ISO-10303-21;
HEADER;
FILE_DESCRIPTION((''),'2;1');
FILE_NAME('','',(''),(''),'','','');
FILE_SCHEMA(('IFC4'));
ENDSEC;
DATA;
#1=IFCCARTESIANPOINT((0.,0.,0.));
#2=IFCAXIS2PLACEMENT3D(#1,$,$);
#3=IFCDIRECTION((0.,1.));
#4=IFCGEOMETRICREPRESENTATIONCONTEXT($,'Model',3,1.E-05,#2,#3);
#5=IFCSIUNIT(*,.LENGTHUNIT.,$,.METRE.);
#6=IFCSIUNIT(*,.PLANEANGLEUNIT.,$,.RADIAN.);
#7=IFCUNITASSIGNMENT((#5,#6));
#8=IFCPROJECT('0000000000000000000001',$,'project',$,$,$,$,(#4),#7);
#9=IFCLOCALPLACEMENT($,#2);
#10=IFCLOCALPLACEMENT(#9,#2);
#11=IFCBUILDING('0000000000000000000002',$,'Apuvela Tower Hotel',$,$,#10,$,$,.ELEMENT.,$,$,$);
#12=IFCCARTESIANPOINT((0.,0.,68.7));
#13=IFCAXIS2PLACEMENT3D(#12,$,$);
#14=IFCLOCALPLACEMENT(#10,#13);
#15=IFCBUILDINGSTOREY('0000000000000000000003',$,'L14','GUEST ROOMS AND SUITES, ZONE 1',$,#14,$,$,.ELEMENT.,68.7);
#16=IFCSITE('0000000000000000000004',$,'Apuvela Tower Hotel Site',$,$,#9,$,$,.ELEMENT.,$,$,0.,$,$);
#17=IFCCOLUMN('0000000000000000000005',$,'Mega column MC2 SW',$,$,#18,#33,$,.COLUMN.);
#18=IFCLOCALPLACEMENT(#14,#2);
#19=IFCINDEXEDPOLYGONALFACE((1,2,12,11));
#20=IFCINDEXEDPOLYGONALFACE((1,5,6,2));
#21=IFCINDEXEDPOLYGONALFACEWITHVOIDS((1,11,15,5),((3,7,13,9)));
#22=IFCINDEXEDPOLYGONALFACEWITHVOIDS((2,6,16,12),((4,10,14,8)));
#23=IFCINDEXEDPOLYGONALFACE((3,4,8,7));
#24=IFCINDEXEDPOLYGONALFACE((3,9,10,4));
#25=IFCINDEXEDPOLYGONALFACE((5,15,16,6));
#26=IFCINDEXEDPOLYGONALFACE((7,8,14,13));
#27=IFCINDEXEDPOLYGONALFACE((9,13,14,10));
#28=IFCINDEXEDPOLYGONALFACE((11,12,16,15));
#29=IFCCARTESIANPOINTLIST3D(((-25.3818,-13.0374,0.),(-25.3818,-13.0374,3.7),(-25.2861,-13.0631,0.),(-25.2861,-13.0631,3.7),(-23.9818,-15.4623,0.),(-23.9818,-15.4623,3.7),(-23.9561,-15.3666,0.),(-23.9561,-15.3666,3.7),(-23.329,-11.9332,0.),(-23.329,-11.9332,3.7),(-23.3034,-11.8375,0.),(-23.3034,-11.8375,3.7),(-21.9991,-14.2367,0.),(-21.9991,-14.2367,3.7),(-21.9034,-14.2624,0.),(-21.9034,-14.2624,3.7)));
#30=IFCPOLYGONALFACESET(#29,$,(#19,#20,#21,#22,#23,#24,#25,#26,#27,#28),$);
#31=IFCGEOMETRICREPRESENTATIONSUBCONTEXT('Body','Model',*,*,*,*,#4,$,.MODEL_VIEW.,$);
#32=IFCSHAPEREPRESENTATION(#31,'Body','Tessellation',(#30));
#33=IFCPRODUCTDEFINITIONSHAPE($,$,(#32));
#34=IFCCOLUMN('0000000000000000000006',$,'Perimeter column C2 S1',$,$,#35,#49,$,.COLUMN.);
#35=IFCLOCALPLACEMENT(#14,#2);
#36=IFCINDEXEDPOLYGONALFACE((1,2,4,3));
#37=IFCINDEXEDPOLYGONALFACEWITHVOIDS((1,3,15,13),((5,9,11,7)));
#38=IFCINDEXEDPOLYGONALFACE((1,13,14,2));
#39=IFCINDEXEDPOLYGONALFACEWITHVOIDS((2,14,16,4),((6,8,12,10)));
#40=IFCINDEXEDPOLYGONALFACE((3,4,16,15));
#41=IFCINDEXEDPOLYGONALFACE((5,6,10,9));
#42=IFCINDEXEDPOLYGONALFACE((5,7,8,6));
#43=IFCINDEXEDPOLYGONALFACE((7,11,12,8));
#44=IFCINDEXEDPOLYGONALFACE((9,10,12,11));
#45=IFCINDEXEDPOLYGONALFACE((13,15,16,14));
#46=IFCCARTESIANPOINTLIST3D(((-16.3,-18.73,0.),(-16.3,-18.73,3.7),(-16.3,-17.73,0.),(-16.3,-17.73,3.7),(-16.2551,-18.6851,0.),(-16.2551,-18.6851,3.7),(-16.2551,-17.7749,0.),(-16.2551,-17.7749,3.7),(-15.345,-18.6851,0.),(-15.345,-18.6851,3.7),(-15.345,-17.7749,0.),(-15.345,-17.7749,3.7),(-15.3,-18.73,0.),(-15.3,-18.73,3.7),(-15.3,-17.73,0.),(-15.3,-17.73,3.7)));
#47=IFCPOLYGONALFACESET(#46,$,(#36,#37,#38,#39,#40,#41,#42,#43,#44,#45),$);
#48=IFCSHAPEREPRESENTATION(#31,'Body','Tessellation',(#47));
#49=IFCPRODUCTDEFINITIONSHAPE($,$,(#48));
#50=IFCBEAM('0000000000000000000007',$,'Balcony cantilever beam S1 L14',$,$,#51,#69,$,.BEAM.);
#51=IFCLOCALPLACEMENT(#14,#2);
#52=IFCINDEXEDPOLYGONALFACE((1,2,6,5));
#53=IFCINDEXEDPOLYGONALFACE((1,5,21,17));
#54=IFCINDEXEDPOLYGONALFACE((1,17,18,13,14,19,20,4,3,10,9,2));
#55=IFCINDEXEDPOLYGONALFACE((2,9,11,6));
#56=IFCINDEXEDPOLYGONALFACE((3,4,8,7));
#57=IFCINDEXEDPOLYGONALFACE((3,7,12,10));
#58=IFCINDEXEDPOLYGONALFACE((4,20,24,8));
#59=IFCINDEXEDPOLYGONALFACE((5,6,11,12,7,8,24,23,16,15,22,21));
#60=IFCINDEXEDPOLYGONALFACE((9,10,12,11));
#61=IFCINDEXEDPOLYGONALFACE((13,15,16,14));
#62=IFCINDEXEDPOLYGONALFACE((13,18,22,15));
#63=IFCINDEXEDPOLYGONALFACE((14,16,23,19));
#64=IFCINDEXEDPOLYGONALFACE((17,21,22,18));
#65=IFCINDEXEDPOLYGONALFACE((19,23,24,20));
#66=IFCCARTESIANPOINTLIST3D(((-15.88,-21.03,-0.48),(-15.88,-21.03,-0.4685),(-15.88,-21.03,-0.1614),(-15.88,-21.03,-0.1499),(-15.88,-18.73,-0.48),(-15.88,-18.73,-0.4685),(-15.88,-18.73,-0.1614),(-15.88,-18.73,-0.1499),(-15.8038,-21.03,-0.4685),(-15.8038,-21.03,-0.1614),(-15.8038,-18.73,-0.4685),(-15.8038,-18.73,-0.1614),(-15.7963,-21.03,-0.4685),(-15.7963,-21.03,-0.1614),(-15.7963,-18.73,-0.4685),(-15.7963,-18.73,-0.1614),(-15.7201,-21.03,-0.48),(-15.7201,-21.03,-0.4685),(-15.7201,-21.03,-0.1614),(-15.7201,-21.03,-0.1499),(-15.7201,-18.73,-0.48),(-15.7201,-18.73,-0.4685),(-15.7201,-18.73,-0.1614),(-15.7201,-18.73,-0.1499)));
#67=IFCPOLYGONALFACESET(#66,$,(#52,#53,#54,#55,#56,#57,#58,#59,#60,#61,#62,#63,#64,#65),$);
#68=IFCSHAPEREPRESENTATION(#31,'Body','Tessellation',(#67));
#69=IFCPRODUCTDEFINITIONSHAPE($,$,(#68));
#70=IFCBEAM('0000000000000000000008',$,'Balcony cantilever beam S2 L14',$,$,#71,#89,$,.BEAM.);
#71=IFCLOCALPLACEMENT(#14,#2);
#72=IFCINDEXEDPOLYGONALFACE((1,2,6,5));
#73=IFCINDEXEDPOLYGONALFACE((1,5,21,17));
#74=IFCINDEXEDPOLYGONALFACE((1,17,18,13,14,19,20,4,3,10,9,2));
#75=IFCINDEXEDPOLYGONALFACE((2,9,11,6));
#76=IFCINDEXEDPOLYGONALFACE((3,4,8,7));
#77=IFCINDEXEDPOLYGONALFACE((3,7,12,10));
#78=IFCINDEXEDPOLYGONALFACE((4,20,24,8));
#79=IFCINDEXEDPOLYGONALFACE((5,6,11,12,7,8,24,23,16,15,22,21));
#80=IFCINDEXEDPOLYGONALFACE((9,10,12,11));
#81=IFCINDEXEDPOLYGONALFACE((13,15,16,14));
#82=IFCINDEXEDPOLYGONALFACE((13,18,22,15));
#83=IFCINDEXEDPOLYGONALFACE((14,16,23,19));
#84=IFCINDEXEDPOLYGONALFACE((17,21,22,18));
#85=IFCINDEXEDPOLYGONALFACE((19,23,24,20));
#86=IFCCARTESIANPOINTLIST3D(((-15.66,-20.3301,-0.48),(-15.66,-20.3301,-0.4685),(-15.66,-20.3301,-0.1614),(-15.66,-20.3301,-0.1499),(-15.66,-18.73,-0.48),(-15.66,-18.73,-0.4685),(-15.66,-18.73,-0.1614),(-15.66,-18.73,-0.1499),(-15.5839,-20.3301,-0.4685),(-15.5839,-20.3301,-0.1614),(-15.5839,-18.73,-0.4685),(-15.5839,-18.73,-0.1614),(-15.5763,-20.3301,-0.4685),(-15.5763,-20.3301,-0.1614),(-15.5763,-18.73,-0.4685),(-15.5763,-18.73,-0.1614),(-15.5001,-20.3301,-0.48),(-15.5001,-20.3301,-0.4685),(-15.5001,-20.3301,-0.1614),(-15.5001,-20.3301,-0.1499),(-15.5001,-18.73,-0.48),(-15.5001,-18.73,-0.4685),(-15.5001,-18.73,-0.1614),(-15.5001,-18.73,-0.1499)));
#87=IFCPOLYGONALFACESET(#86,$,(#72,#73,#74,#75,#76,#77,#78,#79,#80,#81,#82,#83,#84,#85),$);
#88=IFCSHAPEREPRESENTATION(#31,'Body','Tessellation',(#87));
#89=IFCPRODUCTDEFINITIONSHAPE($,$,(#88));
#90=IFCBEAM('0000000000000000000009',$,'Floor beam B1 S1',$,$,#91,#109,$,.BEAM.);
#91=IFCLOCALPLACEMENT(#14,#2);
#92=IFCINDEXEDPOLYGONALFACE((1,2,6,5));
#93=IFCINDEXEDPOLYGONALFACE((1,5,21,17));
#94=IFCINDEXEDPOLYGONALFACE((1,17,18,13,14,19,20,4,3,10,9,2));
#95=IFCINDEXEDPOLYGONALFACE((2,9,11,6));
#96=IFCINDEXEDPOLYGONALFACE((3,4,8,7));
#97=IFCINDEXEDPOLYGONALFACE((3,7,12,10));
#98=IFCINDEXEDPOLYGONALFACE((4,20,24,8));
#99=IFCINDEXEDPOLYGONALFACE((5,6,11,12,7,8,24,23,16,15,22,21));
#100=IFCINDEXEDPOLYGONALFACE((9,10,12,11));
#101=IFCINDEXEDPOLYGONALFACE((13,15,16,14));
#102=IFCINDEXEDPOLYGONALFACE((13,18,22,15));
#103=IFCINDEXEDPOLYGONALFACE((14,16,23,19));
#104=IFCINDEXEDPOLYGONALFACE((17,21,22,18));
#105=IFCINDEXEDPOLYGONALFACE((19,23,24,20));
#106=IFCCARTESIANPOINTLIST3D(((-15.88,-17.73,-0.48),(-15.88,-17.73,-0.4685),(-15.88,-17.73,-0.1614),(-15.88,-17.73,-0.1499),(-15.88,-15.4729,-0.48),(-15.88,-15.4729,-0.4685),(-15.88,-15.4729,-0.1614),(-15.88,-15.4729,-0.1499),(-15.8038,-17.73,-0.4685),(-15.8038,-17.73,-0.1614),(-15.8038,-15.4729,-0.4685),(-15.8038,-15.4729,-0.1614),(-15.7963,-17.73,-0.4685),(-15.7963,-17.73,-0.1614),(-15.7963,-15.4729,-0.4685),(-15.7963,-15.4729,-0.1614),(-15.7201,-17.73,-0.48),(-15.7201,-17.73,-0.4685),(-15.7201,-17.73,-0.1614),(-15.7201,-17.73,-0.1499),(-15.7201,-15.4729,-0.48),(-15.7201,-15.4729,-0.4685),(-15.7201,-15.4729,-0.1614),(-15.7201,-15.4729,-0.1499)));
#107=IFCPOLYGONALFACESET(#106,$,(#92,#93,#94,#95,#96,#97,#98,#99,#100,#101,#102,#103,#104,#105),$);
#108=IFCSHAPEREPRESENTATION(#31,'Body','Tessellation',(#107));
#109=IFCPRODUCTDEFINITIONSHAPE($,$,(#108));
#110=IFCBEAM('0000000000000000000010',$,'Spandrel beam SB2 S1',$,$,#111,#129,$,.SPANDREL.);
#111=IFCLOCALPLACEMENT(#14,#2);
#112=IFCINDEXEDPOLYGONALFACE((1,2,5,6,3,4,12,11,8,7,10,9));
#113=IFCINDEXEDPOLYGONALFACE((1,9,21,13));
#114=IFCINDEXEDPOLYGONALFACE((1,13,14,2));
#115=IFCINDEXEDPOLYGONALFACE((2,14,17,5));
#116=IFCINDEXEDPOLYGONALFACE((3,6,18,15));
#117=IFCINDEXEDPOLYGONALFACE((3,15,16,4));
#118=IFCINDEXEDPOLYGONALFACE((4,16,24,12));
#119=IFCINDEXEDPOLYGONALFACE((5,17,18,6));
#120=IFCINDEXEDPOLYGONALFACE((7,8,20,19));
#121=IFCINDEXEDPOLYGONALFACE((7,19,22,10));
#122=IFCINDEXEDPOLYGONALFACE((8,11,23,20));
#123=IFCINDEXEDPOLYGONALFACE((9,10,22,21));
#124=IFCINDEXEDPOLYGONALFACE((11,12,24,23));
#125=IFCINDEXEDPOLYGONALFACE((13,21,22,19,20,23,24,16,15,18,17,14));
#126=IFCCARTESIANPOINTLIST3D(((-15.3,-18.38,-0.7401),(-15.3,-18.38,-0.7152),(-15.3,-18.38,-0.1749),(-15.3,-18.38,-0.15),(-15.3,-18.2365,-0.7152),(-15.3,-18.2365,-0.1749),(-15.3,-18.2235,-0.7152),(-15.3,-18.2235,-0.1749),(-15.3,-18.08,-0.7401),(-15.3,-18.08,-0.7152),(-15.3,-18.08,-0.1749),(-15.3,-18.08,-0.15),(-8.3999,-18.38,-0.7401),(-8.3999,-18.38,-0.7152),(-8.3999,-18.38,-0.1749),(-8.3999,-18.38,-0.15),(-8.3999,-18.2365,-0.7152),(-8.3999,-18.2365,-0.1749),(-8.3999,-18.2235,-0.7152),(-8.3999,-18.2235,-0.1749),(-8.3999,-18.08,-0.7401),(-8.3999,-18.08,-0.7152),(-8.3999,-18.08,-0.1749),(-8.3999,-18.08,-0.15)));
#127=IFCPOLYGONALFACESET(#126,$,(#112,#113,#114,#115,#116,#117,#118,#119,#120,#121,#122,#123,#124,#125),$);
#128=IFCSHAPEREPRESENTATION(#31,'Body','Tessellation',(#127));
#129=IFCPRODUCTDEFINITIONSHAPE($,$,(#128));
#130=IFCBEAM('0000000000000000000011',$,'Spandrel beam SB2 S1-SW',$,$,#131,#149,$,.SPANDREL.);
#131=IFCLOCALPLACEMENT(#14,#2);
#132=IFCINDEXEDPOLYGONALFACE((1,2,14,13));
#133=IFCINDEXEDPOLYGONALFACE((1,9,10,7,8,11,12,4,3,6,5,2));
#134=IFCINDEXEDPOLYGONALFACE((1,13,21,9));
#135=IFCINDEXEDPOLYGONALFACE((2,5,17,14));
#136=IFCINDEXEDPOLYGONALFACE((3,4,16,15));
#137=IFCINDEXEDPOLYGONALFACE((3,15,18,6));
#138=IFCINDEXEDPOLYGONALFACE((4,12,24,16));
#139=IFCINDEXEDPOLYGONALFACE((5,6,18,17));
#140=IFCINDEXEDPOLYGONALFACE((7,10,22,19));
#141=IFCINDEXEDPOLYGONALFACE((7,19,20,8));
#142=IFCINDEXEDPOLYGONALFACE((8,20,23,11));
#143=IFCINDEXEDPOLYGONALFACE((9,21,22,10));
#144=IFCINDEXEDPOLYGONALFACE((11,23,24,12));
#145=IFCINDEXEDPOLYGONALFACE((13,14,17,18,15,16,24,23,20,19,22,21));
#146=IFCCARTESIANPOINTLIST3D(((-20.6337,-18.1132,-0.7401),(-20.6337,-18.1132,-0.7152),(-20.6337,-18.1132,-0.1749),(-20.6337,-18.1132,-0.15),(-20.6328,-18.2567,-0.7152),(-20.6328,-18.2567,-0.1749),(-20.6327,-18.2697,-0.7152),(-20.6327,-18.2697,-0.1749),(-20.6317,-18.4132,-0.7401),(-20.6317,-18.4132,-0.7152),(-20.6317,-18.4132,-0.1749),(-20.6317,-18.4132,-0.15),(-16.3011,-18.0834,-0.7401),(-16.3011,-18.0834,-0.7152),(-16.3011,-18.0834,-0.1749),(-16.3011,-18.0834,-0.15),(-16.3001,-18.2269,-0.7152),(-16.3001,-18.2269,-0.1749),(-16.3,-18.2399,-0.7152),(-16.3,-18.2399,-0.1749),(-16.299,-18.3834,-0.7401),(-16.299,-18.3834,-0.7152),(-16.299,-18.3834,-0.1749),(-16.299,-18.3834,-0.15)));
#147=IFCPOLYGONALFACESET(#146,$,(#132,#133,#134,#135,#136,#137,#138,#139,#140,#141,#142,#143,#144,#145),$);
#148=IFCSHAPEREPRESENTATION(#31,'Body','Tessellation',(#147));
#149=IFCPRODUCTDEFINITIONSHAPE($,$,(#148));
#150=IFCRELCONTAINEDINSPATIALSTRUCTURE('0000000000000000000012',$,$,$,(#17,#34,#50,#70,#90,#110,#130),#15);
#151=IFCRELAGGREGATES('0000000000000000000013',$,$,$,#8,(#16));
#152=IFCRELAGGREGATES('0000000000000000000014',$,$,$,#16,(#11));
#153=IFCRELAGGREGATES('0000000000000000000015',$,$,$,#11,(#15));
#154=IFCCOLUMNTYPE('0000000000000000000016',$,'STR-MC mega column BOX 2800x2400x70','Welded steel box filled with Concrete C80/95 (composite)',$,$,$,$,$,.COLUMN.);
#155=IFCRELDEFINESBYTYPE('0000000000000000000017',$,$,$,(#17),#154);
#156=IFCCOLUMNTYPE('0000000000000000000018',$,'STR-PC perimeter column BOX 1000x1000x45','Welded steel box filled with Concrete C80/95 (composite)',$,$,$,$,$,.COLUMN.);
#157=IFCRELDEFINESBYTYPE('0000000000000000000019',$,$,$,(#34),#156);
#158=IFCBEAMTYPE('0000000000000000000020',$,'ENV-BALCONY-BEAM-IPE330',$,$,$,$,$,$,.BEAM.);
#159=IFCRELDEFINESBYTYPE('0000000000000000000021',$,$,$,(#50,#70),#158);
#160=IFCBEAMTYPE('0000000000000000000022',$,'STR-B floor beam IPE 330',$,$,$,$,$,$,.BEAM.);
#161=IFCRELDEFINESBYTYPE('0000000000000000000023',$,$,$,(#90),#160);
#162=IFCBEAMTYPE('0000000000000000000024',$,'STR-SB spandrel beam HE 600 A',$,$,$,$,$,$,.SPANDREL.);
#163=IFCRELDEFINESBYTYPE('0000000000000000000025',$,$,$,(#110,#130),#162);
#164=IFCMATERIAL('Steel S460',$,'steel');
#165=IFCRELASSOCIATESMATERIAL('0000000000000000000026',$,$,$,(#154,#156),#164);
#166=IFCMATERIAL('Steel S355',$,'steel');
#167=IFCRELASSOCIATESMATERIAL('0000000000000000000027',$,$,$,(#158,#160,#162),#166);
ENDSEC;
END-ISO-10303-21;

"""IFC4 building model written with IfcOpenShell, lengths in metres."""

from ifc_helpers import new_model, si_unit, direction, frame, origin, origin_2d, place, context, subcontext, project, spatial, rectangle, hollow_rectangle, i_section, extrude, material, material_profile, profile_set, type_object, element, save


model = new_model("IFC4")

# Units and contexts
model_context = context("Model", 3, precision=1e-05, world=origin(), true_north=direction((0.0, 1.0)))
body_context = subcontext(model_context, "Body", "Model", "MODEL_VIEW")
ifc_project = project(units=[si_unit("LENGTHUNIT", "METRE"), si_unit("PLANEANGLEUNIT", "RADIAN")], contexts=[model_context])

# Site, building, storey
site_placement = place(None, origin())
site = spatial("IfcSite", under=ifc_project, at=site_placement, Name="Apuvela Tower Hotel Site", CompositionType="ELEMENT", RefElevation=0.0)
building_placement = place(site_placement, origin())
building = spatial("IfcBuilding", under=site, at=building_placement, Name="Apuvela Tower Hotel", CompositionType="ELEMENT")
storey_placement = place(building_placement, frame((0.0, 0.0, 68.7)))
storey = spatial("IfcBuildingStorey", under=building, at=storey_placement, Name="L14", Description="GUEST ROOMS AND SUITES, ZONE 1", CompositionType="ELEMENT", Elevation=68.7)

# Columns
ifc_material_1 = material(Name="Steel S460", Category="steel")
ifc_material_profile_1 = material_profile(ifc_material_1, hollow_rectangle(XDim=2.8, YDim=2.3999, WallThickness=0.0701, at=origin_2d()), Name="BOX 2800x2400x70")
ifc_material_2 = material(Name="Concrete C80/95", Category="concrete")
ifc_material_profile_2 = material_profile(ifc_material_2, rectangle(XDim=2.6599, YDim=2.26, at=origin_2d()), Name="Concrete C80/95 infill")
ifc_profile_set_1 = profile_set([ifc_material_profile_1, ifc_material_profile_2], Name="Steel S460")
column_type_1 = type_object("IfcColumnType", Name="STR-MC mega column BOX 2800x2400x70", Description="Welded steel box filled with Concrete C80/95 (composite)", PredefinedType="COLUMN", material=ifc_profile_set_1)
column_1_placement = place(storey_placement, frame((-23.6426, -13.6499, 0.0), z_axis=(0.0, 0.0, 1.0), x_axis=(-0.5, 0.866025, 0.0)))
element("IfcColumn", 1, at=column_1_placement, inside=storey, type_object=column_type_1, Name="Mega column MC2 SW", PredefinedType="COLUMN", context=body_context, shape_type="SweptSolid", body=[
    extrude(hollow_rectangle(XDim=2.8, YDim=2.3999, WallThickness=0.0701, at=origin_2d()), origin(), (0.0, 0.0, 1.0), 3.7),
])
ifc_material_profile_3 = material_profile(ifc_material_1, hollow_rectangle(XDim=1.0, YDim=1.0, WallThickness=0.0449, at=origin_2d()), Name="BOX 1000x1000x45")
ifc_material_profile_4 = material_profile(ifc_material_2, rectangle(XDim=0.9099, YDim=0.9099, at=origin_2d()), Name="Concrete C80/95 infill")
ifc_profile_set_2 = profile_set([ifc_material_profile_3, ifc_material_profile_4], Name="Steel S460")
column_type_2 = type_object("IfcColumnType", Name="STR-PC perimeter column BOX 1000x1000x45", Description="Welded steel box filled with Concrete C80/95 (composite)", PredefinedType="COLUMN", material=ifc_profile_set_2)
column_2_placement = place(storey_placement, frame((-15.8, -18.23, 0.0), z_axis=(0.0, 0.0, 1.0), x_axis=(-1.0, 0.0, 0.0)))
element("IfcColumn", 2, at=column_2_placement, inside=storey, type_object=column_type_2, Name="Perimeter column C2 S1", PredefinedType="COLUMN", context=body_context, shape_type="SweptSolid", body=[
    extrude(hollow_rectangle(XDim=1.0, YDim=1.0, WallThickness=0.0449, at=origin_2d()), origin(), (0.0, 0.0, 1.0), 3.7),
])

# Beams
ifc_material_3 = material(Name="Steel S355", Category="steel")
ifc_material_profile_5 = material_profile(ifc_material_3, i_section(OverallWidth=0.1599, OverallDepth=0.3301, WebThickness=0.0076, FlangeThickness=0.0115, at=origin_2d()), Name="IPE 330")
ifc_profile_set_3 = profile_set([ifc_material_profile_5], Name="Steel S355")
beam_type_1 = type_object("IfcBeamType", Name="ENV-BALCONY-BEAM-IPE330", PredefinedType="BEAM", material=ifc_profile_set_3)
beam_1_placement = place(storey_placement, frame((-15.8, -18.73, -0.3149), z_axis=(0.0, -1.0, 0.0), x_axis=(1.0, 0.0, 0.0)))
element("IfcBeam", 3, at=beam_1_placement, inside=storey, type_object=beam_type_1, Name="Balcony cantilever beam S1 L14", PredefinedType="BEAM", context=body_context, shape_type="SweptSolid", body=[
    extrude(i_section(OverallWidth=0.1599, OverallDepth=0.3301, WebThickness=0.0076, FlangeThickness=0.0115, at=origin_2d()), origin(), (0.0, 0.0, 1.0), 2.3),
])
beam_2_placement = place(storey_placement, frame((-15.5801, -18.73, -0.3149), z_axis=(0.0, -1.0, 0.0), x_axis=(1.0, 0.0, 0.0)))
element("IfcBeam", 4, at=beam_2_placement, inside=storey, type_object=beam_type_1, Name="Balcony cantilever beam S2 L14", PredefinedType="BEAM", context=body_context, shape_type="SweptSolid", body=[
    extrude(i_section(OverallWidth=0.1599, OverallDepth=0.3301, WebThickness=0.0076, FlangeThickness=0.0115, at=origin_2d()), origin(), (0.0, 0.0, 1.0), 1.6001),
])
ifc_material_profile_6 = material_profile(ifc_material_3, i_section(OverallWidth=0.1599, OverallDepth=0.3301, WebThickness=0.0076, FlangeThickness=0.0115, at=origin_2d()), Name="IPE 330")
ifc_profile_set_4 = profile_set([ifc_material_profile_6], Name="Steel S355")
beam_type_2 = type_object("IfcBeamType", Name="STR-B floor beam IPE 330", PredefinedType="BEAM", material=ifc_profile_set_4)
beam_3_placement = place(storey_placement, frame((-15.8, -17.73, -0.3149), z_axis=(0.0, 1.0, 0.0), x_axis=(-1.0, 0.0, 0.0)))
element("IfcBeam", 5, at=beam_3_placement, inside=storey, type_object=beam_type_2, Name="Floor beam B1 S1", PredefinedType="BEAM", context=body_context, shape_type="SweptSolid", body=[
    extrude(i_section(OverallWidth=0.1599, OverallDepth=0.3301, WebThickness=0.0076, FlangeThickness=0.0115, at=origin_2d()), origin(), (0.0, 0.0, 1.0), 2.2571),
])
ifc_material_profile_7 = material_profile(ifc_material_3, i_section(OverallWidth=0.3, OverallDepth=0.5901, WebThickness=0.0129, FlangeThickness=0.0249, at=origin_2d()), Name="HE 600 A")
ifc_profile_set_5 = profile_set([ifc_material_profile_7], Name="Steel S355")
beam_type_3 = type_object("IfcBeamType", Name="STR-SB spandrel beam HE 600 A", PredefinedType="SPANDREL", material=ifc_profile_set_5)
beam_4_placement = place(storey_placement, frame((-15.3, -18.23, -0.4451), z_axis=(1.0, 0.0, 0.0), x_axis=(0.0, 1.0, 0.0)))
element("IfcBeam", 6, at=beam_4_placement, inside=storey, type_object=beam_type_3, Name="Spandrel beam SB2 S1", PredefinedType="SPANDREL", context=body_context, shape_type="SweptSolid", body=[
    extrude(i_section(OverallWidth=0.3, OverallDepth=0.5901, WebThickness=0.0129, FlangeThickness=0.0249, at=origin_2d()), origin(), (0.0, 0.0, 1.0), 6.9001),
])
beam_5_placement = place(storey_placement, frame((-16.3, -18.2334, -0.4451), z_axis=(-0.999976, -0.006874, 0.0), x_axis=(0.006874, -0.999976, 0.0)))
element("IfcBeam", 7, at=beam_5_placement, inside=storey, type_object=beam_type_3, Name="Spandrel beam SB2 S1-SW", PredefinedType="SPANDREL", context=body_context, shape_type="SweptSolid", body=[
    extrude(i_section(OverallWidth=0.3, OverallDepth=0.5901, WebThickness=0.0129, FlangeThickness=0.0249, at=origin_2d()), origin(), (0.0, 0.0, 1.0), 4.3328),
])

save(model, "model.ifc")
